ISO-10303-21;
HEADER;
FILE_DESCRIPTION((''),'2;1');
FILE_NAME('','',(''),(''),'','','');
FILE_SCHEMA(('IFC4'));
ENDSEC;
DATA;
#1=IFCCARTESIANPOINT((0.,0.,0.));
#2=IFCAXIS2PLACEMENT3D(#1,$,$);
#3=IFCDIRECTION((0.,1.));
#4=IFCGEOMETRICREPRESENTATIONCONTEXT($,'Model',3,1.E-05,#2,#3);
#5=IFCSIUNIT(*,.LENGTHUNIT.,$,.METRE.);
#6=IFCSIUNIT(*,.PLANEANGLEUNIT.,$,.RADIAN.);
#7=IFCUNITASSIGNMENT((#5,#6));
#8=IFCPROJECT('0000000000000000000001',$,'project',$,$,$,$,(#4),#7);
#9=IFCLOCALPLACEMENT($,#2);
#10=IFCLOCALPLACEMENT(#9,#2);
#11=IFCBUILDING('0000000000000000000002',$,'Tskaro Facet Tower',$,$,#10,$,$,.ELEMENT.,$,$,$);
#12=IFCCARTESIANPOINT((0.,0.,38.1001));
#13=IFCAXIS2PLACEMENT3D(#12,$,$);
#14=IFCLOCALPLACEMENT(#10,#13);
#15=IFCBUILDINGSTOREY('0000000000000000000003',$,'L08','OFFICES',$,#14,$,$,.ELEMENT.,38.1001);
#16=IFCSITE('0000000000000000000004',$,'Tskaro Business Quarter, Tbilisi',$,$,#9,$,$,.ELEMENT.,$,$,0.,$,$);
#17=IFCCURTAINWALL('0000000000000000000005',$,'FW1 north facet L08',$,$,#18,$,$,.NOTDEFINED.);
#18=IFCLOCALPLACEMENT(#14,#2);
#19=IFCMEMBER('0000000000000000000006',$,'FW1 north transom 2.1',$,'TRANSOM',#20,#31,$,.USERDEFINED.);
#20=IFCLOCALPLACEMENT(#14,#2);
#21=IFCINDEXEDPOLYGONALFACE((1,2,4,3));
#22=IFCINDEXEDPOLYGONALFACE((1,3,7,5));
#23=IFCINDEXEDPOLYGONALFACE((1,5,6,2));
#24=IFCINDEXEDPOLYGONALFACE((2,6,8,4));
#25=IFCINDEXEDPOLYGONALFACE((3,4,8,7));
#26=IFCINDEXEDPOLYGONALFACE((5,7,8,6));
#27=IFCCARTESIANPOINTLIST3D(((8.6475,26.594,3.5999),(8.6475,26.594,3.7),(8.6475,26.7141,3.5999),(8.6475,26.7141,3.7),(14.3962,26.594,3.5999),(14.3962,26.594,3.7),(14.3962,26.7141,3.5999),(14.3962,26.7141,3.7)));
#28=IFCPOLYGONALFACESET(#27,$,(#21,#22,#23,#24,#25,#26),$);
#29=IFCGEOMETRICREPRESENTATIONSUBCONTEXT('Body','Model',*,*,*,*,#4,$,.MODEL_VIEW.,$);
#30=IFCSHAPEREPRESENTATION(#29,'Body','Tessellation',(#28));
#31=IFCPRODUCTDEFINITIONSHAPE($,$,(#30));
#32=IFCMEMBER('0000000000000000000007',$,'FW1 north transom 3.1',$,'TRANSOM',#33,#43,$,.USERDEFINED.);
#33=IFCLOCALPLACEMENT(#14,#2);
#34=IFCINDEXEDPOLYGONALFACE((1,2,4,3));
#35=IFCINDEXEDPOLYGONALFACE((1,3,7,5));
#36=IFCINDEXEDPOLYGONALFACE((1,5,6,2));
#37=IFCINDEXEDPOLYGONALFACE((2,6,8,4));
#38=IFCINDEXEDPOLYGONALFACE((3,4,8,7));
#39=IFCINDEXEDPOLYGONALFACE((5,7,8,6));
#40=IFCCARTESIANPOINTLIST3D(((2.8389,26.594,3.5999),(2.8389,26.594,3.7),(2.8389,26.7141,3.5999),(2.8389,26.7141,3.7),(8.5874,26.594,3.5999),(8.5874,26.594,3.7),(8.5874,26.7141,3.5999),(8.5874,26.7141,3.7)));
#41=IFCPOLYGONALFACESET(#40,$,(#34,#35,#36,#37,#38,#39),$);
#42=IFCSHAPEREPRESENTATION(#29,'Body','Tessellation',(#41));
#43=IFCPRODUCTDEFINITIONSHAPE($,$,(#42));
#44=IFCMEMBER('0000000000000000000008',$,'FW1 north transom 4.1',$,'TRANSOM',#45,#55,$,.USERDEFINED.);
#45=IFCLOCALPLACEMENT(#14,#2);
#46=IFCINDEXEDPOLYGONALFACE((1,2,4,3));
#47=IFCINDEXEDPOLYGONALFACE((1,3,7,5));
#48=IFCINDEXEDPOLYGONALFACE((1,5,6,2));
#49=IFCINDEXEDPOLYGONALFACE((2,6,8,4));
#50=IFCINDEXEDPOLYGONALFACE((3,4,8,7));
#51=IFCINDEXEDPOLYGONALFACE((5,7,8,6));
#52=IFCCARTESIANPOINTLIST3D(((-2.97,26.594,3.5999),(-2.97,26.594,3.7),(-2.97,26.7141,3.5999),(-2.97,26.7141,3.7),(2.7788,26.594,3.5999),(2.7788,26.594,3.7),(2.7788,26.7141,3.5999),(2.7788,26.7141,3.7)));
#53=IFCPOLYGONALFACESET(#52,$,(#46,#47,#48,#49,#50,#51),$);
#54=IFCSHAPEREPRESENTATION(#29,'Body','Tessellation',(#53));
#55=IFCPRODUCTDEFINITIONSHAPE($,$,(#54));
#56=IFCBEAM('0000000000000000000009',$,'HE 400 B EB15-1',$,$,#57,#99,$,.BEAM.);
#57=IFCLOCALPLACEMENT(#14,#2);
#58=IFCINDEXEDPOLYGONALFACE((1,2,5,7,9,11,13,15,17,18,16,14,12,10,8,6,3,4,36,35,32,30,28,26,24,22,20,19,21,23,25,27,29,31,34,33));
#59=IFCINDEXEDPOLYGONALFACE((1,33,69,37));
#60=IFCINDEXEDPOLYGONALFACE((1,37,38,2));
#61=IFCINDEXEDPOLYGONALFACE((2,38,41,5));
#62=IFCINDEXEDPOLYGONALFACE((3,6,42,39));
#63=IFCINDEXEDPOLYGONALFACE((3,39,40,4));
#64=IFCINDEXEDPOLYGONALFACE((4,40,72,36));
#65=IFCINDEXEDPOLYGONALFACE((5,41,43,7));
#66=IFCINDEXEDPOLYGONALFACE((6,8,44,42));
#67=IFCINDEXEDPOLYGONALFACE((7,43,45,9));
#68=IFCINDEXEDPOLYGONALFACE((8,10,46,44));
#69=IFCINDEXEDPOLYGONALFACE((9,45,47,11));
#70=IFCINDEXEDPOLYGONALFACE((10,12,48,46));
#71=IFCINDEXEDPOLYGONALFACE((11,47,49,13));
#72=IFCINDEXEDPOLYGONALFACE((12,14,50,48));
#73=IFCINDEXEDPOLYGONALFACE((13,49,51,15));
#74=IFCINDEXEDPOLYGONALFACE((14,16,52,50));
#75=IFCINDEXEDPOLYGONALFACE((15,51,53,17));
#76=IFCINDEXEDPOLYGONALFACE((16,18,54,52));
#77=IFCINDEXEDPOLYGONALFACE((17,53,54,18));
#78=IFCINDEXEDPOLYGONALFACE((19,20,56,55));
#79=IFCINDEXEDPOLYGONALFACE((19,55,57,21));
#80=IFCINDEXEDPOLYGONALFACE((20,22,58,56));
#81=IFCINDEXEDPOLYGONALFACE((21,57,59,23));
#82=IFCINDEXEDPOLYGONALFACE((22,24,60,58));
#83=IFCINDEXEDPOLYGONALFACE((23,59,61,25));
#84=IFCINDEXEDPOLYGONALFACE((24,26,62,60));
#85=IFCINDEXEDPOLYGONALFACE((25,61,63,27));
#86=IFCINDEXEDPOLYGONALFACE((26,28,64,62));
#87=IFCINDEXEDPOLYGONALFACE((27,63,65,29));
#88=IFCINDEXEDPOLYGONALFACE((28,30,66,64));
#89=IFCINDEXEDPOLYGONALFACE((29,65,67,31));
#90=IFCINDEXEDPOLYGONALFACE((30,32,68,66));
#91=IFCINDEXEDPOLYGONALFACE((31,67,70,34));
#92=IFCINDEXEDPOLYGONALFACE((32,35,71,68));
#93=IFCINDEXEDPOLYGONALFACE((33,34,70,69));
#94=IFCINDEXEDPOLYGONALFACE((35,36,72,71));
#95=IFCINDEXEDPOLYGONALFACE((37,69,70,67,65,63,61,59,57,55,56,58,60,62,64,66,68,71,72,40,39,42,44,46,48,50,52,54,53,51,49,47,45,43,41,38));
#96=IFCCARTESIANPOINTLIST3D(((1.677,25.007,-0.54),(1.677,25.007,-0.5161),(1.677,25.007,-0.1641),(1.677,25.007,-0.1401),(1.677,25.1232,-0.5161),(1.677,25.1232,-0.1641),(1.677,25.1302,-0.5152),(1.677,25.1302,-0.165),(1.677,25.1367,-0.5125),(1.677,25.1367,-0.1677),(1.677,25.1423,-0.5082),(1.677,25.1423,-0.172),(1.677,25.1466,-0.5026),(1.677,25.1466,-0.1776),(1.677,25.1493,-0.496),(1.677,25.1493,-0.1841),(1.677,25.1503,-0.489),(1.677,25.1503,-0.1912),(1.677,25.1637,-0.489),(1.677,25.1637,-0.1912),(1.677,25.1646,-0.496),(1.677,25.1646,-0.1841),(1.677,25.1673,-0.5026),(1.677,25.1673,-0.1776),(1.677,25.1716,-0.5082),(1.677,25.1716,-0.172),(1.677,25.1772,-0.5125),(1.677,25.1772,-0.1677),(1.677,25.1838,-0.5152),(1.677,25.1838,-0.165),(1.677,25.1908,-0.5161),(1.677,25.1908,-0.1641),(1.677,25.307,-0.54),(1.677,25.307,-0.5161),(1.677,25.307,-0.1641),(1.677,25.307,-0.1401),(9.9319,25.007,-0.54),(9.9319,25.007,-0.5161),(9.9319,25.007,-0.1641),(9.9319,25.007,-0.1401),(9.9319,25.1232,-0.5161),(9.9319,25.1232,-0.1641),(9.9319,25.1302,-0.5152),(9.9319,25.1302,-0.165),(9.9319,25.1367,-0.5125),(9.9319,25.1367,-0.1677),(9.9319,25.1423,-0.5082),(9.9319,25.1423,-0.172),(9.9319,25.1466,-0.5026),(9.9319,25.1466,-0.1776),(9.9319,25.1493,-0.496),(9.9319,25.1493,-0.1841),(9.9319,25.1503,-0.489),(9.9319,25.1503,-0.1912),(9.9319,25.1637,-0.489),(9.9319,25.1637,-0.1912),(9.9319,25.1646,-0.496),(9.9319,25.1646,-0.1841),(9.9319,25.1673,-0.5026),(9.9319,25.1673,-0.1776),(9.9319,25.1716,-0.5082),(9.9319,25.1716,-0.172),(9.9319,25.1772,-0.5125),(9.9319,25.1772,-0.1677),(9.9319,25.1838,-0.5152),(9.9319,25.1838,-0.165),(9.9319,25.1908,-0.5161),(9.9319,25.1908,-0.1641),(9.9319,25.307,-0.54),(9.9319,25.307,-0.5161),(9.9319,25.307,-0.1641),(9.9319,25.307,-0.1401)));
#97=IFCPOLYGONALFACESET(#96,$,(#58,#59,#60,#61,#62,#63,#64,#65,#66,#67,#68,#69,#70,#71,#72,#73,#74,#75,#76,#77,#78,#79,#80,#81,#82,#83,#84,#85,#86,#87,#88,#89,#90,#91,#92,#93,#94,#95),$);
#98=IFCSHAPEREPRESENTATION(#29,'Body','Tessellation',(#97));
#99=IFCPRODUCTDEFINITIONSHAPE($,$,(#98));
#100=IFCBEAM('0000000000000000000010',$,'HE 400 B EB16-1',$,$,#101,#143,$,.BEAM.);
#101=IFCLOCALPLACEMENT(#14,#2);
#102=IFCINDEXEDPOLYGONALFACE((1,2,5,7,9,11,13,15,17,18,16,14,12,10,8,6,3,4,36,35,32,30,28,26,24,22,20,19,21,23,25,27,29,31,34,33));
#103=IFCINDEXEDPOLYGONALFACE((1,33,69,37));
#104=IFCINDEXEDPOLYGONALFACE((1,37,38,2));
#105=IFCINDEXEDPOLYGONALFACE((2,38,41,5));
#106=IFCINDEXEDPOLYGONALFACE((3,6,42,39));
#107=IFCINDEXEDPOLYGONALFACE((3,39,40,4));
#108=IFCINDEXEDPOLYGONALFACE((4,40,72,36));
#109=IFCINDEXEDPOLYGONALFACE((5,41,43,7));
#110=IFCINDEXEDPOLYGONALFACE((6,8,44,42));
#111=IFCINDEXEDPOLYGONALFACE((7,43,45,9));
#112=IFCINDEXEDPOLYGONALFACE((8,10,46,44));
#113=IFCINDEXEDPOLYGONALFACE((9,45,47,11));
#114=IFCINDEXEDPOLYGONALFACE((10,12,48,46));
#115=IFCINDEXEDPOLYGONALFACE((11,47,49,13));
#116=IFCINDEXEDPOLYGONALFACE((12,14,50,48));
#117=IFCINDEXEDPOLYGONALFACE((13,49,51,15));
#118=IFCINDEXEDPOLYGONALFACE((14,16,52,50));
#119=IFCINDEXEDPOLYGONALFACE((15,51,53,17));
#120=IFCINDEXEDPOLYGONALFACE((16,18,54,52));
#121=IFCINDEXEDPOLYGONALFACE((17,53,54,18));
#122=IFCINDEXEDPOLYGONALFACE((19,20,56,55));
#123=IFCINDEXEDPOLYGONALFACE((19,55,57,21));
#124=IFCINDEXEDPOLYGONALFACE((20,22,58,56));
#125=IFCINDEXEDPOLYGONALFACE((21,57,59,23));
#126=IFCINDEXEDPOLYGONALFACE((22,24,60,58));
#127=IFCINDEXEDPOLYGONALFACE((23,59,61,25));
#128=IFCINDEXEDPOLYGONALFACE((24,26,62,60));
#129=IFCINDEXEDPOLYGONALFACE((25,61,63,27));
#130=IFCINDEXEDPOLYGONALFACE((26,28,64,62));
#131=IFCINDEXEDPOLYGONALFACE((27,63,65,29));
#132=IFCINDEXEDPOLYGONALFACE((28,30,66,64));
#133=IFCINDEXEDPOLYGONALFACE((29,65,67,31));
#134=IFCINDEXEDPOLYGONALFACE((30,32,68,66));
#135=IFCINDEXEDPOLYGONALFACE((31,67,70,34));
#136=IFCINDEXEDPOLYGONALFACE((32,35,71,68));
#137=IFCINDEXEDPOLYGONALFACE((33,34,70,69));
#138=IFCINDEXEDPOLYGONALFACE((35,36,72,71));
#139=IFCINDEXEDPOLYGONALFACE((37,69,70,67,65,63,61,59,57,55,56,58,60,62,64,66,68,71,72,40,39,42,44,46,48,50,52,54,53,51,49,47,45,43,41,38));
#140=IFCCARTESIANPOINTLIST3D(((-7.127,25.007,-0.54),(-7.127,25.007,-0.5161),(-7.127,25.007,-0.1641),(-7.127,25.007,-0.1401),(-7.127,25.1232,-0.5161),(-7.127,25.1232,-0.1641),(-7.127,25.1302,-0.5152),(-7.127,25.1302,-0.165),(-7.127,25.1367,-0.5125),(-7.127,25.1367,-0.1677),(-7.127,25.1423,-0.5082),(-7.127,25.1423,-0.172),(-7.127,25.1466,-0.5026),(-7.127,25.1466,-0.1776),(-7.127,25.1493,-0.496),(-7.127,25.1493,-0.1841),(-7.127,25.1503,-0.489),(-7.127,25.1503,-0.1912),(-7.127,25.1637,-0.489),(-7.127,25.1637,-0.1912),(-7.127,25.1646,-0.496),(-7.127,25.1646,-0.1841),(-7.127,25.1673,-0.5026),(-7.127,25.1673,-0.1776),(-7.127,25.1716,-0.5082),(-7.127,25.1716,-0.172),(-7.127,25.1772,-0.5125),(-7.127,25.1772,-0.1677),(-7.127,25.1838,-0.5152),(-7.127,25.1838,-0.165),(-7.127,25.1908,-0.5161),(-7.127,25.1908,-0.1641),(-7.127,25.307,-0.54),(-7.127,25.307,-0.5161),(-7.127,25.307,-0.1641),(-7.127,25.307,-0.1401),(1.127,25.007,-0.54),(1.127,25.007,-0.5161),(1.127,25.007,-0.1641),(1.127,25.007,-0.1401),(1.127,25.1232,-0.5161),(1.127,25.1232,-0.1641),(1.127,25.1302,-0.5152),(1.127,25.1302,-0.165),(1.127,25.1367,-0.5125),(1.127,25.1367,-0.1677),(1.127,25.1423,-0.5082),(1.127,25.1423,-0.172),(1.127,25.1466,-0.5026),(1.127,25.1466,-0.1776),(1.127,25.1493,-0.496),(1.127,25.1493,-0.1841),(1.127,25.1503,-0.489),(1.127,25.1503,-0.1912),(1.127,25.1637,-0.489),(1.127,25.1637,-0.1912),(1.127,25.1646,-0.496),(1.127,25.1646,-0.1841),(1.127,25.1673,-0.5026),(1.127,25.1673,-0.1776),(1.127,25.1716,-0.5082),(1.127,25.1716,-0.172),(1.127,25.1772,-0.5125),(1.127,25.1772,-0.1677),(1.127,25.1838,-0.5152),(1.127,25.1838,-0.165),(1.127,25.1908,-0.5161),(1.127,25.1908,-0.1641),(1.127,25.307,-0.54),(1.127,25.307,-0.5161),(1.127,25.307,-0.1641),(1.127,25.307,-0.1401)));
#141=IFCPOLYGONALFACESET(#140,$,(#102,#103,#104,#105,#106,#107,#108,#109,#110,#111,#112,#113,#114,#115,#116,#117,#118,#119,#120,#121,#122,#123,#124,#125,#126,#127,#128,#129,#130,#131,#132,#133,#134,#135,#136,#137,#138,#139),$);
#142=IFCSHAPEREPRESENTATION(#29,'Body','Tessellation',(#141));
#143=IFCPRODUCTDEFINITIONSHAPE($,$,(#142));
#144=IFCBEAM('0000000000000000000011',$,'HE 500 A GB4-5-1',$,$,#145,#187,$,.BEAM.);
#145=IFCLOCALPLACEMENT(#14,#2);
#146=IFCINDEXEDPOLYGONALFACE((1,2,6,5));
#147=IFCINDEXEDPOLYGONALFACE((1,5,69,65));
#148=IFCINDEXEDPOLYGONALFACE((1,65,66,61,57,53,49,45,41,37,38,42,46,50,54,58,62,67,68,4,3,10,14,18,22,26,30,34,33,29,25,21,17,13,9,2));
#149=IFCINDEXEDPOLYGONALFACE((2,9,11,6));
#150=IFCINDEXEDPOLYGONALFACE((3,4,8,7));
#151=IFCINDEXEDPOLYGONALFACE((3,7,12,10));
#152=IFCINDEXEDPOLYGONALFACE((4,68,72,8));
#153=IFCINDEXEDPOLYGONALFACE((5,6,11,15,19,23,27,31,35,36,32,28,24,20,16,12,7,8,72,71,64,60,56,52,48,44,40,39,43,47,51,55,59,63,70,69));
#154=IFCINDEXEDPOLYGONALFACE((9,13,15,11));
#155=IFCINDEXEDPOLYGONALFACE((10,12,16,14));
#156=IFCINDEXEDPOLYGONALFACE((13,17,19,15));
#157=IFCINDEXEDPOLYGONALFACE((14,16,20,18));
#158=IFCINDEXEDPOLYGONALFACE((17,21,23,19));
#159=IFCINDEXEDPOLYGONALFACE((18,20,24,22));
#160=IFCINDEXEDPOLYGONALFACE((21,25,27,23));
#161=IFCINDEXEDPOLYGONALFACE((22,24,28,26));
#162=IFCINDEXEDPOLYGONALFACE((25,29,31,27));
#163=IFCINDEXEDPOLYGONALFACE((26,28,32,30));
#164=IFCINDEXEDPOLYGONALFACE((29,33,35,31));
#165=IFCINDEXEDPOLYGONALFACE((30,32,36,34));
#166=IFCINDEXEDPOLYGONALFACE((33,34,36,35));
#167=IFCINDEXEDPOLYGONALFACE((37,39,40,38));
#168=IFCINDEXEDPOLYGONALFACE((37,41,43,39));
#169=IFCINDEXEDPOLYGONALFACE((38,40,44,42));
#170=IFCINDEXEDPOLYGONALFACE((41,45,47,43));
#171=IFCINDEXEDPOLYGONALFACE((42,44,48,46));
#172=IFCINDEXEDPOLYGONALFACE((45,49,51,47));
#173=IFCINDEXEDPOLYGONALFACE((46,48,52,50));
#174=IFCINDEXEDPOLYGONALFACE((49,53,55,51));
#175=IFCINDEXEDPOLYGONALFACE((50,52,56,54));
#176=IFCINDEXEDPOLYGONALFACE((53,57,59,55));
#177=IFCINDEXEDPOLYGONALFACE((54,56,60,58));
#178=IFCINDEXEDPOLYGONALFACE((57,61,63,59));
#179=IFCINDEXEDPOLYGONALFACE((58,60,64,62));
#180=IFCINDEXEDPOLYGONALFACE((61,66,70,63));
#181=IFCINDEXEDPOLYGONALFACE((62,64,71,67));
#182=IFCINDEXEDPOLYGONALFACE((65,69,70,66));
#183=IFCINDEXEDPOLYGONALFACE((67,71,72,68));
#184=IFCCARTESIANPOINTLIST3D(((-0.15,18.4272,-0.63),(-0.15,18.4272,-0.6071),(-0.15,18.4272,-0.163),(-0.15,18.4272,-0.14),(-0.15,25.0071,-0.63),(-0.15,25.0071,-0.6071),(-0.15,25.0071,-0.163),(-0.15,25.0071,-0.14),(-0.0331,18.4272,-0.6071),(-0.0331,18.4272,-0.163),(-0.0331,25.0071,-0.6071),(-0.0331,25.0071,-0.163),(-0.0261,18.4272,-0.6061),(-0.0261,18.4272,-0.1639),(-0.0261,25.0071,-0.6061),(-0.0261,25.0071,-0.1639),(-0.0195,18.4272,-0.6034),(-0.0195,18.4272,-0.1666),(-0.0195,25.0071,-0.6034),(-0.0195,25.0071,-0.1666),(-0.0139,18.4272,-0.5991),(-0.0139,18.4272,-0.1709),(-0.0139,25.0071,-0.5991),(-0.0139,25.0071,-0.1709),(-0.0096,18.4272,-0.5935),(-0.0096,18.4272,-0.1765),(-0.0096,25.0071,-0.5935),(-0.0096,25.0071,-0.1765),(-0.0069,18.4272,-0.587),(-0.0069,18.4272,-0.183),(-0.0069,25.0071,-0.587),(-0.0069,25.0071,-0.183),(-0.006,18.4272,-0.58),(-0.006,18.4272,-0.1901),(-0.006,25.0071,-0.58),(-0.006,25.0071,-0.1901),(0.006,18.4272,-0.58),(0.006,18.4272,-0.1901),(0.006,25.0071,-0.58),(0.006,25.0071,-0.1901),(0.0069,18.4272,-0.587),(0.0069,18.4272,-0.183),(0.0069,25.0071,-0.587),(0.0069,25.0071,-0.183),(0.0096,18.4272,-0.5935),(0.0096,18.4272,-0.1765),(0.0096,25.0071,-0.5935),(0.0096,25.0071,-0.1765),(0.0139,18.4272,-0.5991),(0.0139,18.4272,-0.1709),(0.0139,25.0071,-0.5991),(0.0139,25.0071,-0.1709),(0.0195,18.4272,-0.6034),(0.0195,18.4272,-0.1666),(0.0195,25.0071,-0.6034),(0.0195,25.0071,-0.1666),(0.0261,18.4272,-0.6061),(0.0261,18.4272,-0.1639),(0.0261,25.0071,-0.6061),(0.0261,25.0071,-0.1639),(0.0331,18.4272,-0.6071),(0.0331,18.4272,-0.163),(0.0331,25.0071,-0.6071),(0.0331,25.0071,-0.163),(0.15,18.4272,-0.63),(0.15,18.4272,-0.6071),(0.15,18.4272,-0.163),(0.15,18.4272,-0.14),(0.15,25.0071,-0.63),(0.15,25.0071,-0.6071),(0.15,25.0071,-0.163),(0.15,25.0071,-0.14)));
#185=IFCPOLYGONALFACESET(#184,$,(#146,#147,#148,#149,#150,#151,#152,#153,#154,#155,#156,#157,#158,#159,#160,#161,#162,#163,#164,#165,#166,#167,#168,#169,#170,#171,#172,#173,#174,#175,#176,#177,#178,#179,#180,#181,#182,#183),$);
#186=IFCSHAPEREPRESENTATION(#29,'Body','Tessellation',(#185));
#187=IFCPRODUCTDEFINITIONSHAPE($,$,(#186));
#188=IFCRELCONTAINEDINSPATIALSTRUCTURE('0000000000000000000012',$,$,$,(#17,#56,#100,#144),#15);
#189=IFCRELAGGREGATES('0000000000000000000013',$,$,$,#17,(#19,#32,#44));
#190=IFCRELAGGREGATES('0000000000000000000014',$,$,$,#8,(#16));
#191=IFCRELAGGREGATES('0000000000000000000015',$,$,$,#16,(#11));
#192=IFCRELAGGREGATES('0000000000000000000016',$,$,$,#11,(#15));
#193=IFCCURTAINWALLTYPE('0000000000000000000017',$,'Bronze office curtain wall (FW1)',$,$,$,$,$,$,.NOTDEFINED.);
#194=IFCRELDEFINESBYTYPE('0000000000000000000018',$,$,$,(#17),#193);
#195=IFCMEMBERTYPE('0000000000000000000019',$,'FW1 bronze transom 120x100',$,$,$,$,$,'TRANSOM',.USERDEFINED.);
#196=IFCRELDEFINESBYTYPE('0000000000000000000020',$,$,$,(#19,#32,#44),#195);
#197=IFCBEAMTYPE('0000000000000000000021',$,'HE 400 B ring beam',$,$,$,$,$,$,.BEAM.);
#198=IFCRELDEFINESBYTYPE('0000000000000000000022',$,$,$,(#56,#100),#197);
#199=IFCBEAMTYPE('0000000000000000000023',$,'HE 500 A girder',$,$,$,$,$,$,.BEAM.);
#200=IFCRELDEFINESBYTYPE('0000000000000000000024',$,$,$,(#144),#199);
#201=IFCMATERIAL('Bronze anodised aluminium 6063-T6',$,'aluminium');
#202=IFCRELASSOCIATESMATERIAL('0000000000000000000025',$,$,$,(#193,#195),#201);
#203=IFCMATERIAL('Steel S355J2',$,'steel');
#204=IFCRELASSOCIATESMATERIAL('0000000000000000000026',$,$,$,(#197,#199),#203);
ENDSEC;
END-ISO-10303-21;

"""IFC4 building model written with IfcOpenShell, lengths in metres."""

from ifc_helpers import new_model, si_unit, direction, frame, origin, origin_2d, place, context, subcontext, project, spatial, rectangle, i_section, extrude, material, material_profile, profile_set, type_object, element, aggregate, save


model = new_model("IFC4")

# Units and contexts
model_context = context("Model", 3, precision=1e-05, world=origin(), true_north=direction((0.0, 1.0)))
body_context = subcontext(model_context, "Body", "Model", "MODEL_VIEW")
ifc_project = project(units=[si_unit("LENGTHUNIT", "METRE"), si_unit("PLANEANGLEUNIT", "RADIAN")], contexts=[model_context])

# Site, building, storey
site_placement = place(None, origin())
site = spatial("IfcSite", under=ifc_project, at=site_placement, Name="Tskaro Business Quarter, Tbilisi", CompositionType="ELEMENT", RefElevation=0.0)
building_placement = place(site_placement, origin())
building = spatial("IfcBuilding", under=site, at=building_placement, Name="Tskaro Facet Tower", CompositionType="ELEMENT")
storey_placement = place(building_placement, frame((0.0, 0.0, 38.1001)))
storey = spatial("IfcBuildingStorey", under=building, at=storey_placement, Name="L08", Description="OFFICES", CompositionType="ELEMENT", Elevation=38.1001)

# Curtain wall, members
ifc_material_1 = material(Name="Bronze anodised aluminium 6063-T6", Category="aluminium")
curtain_wall_type = type_object("IfcCurtainWallType", Name="Bronze office curtain wall (FW1)", PredefinedType="NOTDEFINED", material=ifc_material_1)
curtain_wall_placement = place(storey_placement, origin())
curtain_wall = element("IfcCurtainWall", 1, at=curtain_wall_placement, inside=storey, type_object=curtain_wall_type, Name="FW1 north facet L08", PredefinedType="NOTDEFINED")
ifc_material_profile_1 = material_profile(ifc_material_1, rectangle(XDim=0.1201, YDim=0.1001, at=origin_2d()), Name="Transom 120x100")
ifc_profile_set_1 = profile_set([ifc_material_profile_1], Name="Bronze anodised aluminium 6063-T6")
member_type_1 = type_object("IfcMemberType", Name="FW1 bronze transom 120x100", ElementType="TRANSOM", PredefinedType="USERDEFINED", material=ifc_profile_set_1)
member_1_placement = place(storey_placement, frame((14.3962, 26.6541, 3.6499), z_axis=(-1.0, 0.0, 0.0), x_axis=(0.0, -1.0, 0.0)))
member_1 = element("IfcMember", 2, at=member_1_placement, type_object=member_type_1, Name="FW1 north transom 2.1", ObjectType="TRANSOM", PredefinedType="USERDEFINED", context=body_context, shape_type="SweptSolid", body=[
    extrude(rectangle(XDim=0.1201, YDim=0.1001, at=origin_2d()), origin(), (0.0, 0.0, 1.0), 5.7488),
])
member_2_placement = place(storey_placement, frame((8.5874, 26.6541, 3.6499), z_axis=(-1.0, 0.0, 0.0), x_axis=(0.0, -1.0, 0.0)))
member_2 = element("IfcMember", 3, at=member_2_placement, type_object=member_type_1, Name="FW1 north transom 3.1", ObjectType="TRANSOM", PredefinedType="USERDEFINED", context=body_context, shape_type="SweptSolid", body=[
    extrude(rectangle(XDim=0.1201, YDim=0.1001, at=origin_2d()), origin(), (0.0, 0.0, 1.0), 5.7485),
])
member_3_placement = place(storey_placement, frame((2.7788, 26.6541, 3.6499), z_axis=(-1.0, 0.0, 0.0), x_axis=(0.0, -1.0, 0.0)))
member_3 = element("IfcMember", 4, at=member_3_placement, type_object=member_type_1, Name="FW1 north transom 4.1", ObjectType="TRANSOM", PredefinedType="USERDEFINED", context=body_context, shape_type="SweptSolid", body=[
    extrude(rectangle(XDim=0.1201, YDim=0.1001, at=origin_2d()), origin(), (0.0, 0.0, 1.0), 5.7488),
])

# Beams
ifc_material_2 = material(Name="Steel S355J2", Category="steel")
ifc_material_profile_2 = material_profile(ifc_material_2, i_section(OverallWidth=0.3, OverallDepth=0.3999, WebThickness=0.0134, FlangeThickness=0.0239, FilletRadius=0.0271, at=origin_2d()), Name="HE 400 B")
ifc_profile_set_2 = profile_set([ifc_material_profile_2], Name="Steel S355J2")
beam_type_1 = type_object("IfcBeamType", Name="HE 400 B ring beam", PredefinedType="BEAM", material=ifc_profile_set_2)
beam_1_placement = place(storey_placement, frame((9.9319, 25.157, -0.3401), z_axis=(-1.0, 0.0, 0.0), x_axis=(0.0, -1.0, 0.0)))
element("IfcBeam", 5, at=beam_1_placement, inside=storey, type_object=beam_type_1, Name="HE 400 B EB15-1", PredefinedType="BEAM", context=body_context, shape_type="SweptSolid", body=[
    extrude(i_section(OverallWidth=0.3, OverallDepth=0.3999, WebThickness=0.0134, FlangeThickness=0.0239, FilletRadius=0.0271, at=origin_2d()), origin(), (0.0, 0.0, 1.0), 8.2549),
])
beam_2_placement = place(storey_placement, frame((1.127, 25.157, -0.3401), z_axis=(-1.0, 0.0, 0.0), x_axis=(0.0, -1.0, 0.0)))
element("IfcBeam", 6, at=beam_2_placement, inside=storey, type_object=beam_type_1, Name="HE 400 B EB16-1", PredefinedType="BEAM", context=body_context, shape_type="SweptSolid", body=[
    extrude(i_section(OverallWidth=0.3, OverallDepth=0.3999, WebThickness=0.0134, FlangeThickness=0.0239, FilletRadius=0.0271, at=origin_2d()), origin(), (0.0, 0.0, 1.0), 8.2539),
])
ifc_material_profile_3 = material_profile(ifc_material_2, i_section(OverallWidth=0.3, OverallDepth=0.49, WebThickness=0.012, FlangeThickness=0.0229, FilletRadius=0.0271, at=origin_2d()), Name="HE 500 A")
ifc_profile_set_3 = profile_set([ifc_material_profile_3], Name="Steel S355J2")
beam_type_2 = type_object("IfcBeamType", Name="HE 500 A girder", PredefinedType="BEAM", material=ifc_profile_set_3)
for number, where, z_axis, x_axis, name in (
    (7, (0.0, 18.4272, -0.385), (0.0, 1.0, 0.0), (-1.0, 0.0, 0.0), "HE 500 A GB4-5-1"),
):
    element("IfcBeam", number, at=place(storey_placement, frame(where, z_axis=z_axis, x_axis=x_axis)), inside=storey, type_object=beam_type_2, Name=name, PredefinedType="BEAM", context=body_context, shape_type="SweptSolid", body=[
        extrude(i_section(OverallWidth=0.3, OverallDepth=0.49, WebThickness=0.012, FlangeThickness=0.0229, FilletRadius=0.0271, at=origin_2d()), origin(), (0.0, 0.0, 1.0), 6.5798),
    ])

aggregate(curtain_wall, [member_1, member_2, member_3])

save(model, "model.ifc")
